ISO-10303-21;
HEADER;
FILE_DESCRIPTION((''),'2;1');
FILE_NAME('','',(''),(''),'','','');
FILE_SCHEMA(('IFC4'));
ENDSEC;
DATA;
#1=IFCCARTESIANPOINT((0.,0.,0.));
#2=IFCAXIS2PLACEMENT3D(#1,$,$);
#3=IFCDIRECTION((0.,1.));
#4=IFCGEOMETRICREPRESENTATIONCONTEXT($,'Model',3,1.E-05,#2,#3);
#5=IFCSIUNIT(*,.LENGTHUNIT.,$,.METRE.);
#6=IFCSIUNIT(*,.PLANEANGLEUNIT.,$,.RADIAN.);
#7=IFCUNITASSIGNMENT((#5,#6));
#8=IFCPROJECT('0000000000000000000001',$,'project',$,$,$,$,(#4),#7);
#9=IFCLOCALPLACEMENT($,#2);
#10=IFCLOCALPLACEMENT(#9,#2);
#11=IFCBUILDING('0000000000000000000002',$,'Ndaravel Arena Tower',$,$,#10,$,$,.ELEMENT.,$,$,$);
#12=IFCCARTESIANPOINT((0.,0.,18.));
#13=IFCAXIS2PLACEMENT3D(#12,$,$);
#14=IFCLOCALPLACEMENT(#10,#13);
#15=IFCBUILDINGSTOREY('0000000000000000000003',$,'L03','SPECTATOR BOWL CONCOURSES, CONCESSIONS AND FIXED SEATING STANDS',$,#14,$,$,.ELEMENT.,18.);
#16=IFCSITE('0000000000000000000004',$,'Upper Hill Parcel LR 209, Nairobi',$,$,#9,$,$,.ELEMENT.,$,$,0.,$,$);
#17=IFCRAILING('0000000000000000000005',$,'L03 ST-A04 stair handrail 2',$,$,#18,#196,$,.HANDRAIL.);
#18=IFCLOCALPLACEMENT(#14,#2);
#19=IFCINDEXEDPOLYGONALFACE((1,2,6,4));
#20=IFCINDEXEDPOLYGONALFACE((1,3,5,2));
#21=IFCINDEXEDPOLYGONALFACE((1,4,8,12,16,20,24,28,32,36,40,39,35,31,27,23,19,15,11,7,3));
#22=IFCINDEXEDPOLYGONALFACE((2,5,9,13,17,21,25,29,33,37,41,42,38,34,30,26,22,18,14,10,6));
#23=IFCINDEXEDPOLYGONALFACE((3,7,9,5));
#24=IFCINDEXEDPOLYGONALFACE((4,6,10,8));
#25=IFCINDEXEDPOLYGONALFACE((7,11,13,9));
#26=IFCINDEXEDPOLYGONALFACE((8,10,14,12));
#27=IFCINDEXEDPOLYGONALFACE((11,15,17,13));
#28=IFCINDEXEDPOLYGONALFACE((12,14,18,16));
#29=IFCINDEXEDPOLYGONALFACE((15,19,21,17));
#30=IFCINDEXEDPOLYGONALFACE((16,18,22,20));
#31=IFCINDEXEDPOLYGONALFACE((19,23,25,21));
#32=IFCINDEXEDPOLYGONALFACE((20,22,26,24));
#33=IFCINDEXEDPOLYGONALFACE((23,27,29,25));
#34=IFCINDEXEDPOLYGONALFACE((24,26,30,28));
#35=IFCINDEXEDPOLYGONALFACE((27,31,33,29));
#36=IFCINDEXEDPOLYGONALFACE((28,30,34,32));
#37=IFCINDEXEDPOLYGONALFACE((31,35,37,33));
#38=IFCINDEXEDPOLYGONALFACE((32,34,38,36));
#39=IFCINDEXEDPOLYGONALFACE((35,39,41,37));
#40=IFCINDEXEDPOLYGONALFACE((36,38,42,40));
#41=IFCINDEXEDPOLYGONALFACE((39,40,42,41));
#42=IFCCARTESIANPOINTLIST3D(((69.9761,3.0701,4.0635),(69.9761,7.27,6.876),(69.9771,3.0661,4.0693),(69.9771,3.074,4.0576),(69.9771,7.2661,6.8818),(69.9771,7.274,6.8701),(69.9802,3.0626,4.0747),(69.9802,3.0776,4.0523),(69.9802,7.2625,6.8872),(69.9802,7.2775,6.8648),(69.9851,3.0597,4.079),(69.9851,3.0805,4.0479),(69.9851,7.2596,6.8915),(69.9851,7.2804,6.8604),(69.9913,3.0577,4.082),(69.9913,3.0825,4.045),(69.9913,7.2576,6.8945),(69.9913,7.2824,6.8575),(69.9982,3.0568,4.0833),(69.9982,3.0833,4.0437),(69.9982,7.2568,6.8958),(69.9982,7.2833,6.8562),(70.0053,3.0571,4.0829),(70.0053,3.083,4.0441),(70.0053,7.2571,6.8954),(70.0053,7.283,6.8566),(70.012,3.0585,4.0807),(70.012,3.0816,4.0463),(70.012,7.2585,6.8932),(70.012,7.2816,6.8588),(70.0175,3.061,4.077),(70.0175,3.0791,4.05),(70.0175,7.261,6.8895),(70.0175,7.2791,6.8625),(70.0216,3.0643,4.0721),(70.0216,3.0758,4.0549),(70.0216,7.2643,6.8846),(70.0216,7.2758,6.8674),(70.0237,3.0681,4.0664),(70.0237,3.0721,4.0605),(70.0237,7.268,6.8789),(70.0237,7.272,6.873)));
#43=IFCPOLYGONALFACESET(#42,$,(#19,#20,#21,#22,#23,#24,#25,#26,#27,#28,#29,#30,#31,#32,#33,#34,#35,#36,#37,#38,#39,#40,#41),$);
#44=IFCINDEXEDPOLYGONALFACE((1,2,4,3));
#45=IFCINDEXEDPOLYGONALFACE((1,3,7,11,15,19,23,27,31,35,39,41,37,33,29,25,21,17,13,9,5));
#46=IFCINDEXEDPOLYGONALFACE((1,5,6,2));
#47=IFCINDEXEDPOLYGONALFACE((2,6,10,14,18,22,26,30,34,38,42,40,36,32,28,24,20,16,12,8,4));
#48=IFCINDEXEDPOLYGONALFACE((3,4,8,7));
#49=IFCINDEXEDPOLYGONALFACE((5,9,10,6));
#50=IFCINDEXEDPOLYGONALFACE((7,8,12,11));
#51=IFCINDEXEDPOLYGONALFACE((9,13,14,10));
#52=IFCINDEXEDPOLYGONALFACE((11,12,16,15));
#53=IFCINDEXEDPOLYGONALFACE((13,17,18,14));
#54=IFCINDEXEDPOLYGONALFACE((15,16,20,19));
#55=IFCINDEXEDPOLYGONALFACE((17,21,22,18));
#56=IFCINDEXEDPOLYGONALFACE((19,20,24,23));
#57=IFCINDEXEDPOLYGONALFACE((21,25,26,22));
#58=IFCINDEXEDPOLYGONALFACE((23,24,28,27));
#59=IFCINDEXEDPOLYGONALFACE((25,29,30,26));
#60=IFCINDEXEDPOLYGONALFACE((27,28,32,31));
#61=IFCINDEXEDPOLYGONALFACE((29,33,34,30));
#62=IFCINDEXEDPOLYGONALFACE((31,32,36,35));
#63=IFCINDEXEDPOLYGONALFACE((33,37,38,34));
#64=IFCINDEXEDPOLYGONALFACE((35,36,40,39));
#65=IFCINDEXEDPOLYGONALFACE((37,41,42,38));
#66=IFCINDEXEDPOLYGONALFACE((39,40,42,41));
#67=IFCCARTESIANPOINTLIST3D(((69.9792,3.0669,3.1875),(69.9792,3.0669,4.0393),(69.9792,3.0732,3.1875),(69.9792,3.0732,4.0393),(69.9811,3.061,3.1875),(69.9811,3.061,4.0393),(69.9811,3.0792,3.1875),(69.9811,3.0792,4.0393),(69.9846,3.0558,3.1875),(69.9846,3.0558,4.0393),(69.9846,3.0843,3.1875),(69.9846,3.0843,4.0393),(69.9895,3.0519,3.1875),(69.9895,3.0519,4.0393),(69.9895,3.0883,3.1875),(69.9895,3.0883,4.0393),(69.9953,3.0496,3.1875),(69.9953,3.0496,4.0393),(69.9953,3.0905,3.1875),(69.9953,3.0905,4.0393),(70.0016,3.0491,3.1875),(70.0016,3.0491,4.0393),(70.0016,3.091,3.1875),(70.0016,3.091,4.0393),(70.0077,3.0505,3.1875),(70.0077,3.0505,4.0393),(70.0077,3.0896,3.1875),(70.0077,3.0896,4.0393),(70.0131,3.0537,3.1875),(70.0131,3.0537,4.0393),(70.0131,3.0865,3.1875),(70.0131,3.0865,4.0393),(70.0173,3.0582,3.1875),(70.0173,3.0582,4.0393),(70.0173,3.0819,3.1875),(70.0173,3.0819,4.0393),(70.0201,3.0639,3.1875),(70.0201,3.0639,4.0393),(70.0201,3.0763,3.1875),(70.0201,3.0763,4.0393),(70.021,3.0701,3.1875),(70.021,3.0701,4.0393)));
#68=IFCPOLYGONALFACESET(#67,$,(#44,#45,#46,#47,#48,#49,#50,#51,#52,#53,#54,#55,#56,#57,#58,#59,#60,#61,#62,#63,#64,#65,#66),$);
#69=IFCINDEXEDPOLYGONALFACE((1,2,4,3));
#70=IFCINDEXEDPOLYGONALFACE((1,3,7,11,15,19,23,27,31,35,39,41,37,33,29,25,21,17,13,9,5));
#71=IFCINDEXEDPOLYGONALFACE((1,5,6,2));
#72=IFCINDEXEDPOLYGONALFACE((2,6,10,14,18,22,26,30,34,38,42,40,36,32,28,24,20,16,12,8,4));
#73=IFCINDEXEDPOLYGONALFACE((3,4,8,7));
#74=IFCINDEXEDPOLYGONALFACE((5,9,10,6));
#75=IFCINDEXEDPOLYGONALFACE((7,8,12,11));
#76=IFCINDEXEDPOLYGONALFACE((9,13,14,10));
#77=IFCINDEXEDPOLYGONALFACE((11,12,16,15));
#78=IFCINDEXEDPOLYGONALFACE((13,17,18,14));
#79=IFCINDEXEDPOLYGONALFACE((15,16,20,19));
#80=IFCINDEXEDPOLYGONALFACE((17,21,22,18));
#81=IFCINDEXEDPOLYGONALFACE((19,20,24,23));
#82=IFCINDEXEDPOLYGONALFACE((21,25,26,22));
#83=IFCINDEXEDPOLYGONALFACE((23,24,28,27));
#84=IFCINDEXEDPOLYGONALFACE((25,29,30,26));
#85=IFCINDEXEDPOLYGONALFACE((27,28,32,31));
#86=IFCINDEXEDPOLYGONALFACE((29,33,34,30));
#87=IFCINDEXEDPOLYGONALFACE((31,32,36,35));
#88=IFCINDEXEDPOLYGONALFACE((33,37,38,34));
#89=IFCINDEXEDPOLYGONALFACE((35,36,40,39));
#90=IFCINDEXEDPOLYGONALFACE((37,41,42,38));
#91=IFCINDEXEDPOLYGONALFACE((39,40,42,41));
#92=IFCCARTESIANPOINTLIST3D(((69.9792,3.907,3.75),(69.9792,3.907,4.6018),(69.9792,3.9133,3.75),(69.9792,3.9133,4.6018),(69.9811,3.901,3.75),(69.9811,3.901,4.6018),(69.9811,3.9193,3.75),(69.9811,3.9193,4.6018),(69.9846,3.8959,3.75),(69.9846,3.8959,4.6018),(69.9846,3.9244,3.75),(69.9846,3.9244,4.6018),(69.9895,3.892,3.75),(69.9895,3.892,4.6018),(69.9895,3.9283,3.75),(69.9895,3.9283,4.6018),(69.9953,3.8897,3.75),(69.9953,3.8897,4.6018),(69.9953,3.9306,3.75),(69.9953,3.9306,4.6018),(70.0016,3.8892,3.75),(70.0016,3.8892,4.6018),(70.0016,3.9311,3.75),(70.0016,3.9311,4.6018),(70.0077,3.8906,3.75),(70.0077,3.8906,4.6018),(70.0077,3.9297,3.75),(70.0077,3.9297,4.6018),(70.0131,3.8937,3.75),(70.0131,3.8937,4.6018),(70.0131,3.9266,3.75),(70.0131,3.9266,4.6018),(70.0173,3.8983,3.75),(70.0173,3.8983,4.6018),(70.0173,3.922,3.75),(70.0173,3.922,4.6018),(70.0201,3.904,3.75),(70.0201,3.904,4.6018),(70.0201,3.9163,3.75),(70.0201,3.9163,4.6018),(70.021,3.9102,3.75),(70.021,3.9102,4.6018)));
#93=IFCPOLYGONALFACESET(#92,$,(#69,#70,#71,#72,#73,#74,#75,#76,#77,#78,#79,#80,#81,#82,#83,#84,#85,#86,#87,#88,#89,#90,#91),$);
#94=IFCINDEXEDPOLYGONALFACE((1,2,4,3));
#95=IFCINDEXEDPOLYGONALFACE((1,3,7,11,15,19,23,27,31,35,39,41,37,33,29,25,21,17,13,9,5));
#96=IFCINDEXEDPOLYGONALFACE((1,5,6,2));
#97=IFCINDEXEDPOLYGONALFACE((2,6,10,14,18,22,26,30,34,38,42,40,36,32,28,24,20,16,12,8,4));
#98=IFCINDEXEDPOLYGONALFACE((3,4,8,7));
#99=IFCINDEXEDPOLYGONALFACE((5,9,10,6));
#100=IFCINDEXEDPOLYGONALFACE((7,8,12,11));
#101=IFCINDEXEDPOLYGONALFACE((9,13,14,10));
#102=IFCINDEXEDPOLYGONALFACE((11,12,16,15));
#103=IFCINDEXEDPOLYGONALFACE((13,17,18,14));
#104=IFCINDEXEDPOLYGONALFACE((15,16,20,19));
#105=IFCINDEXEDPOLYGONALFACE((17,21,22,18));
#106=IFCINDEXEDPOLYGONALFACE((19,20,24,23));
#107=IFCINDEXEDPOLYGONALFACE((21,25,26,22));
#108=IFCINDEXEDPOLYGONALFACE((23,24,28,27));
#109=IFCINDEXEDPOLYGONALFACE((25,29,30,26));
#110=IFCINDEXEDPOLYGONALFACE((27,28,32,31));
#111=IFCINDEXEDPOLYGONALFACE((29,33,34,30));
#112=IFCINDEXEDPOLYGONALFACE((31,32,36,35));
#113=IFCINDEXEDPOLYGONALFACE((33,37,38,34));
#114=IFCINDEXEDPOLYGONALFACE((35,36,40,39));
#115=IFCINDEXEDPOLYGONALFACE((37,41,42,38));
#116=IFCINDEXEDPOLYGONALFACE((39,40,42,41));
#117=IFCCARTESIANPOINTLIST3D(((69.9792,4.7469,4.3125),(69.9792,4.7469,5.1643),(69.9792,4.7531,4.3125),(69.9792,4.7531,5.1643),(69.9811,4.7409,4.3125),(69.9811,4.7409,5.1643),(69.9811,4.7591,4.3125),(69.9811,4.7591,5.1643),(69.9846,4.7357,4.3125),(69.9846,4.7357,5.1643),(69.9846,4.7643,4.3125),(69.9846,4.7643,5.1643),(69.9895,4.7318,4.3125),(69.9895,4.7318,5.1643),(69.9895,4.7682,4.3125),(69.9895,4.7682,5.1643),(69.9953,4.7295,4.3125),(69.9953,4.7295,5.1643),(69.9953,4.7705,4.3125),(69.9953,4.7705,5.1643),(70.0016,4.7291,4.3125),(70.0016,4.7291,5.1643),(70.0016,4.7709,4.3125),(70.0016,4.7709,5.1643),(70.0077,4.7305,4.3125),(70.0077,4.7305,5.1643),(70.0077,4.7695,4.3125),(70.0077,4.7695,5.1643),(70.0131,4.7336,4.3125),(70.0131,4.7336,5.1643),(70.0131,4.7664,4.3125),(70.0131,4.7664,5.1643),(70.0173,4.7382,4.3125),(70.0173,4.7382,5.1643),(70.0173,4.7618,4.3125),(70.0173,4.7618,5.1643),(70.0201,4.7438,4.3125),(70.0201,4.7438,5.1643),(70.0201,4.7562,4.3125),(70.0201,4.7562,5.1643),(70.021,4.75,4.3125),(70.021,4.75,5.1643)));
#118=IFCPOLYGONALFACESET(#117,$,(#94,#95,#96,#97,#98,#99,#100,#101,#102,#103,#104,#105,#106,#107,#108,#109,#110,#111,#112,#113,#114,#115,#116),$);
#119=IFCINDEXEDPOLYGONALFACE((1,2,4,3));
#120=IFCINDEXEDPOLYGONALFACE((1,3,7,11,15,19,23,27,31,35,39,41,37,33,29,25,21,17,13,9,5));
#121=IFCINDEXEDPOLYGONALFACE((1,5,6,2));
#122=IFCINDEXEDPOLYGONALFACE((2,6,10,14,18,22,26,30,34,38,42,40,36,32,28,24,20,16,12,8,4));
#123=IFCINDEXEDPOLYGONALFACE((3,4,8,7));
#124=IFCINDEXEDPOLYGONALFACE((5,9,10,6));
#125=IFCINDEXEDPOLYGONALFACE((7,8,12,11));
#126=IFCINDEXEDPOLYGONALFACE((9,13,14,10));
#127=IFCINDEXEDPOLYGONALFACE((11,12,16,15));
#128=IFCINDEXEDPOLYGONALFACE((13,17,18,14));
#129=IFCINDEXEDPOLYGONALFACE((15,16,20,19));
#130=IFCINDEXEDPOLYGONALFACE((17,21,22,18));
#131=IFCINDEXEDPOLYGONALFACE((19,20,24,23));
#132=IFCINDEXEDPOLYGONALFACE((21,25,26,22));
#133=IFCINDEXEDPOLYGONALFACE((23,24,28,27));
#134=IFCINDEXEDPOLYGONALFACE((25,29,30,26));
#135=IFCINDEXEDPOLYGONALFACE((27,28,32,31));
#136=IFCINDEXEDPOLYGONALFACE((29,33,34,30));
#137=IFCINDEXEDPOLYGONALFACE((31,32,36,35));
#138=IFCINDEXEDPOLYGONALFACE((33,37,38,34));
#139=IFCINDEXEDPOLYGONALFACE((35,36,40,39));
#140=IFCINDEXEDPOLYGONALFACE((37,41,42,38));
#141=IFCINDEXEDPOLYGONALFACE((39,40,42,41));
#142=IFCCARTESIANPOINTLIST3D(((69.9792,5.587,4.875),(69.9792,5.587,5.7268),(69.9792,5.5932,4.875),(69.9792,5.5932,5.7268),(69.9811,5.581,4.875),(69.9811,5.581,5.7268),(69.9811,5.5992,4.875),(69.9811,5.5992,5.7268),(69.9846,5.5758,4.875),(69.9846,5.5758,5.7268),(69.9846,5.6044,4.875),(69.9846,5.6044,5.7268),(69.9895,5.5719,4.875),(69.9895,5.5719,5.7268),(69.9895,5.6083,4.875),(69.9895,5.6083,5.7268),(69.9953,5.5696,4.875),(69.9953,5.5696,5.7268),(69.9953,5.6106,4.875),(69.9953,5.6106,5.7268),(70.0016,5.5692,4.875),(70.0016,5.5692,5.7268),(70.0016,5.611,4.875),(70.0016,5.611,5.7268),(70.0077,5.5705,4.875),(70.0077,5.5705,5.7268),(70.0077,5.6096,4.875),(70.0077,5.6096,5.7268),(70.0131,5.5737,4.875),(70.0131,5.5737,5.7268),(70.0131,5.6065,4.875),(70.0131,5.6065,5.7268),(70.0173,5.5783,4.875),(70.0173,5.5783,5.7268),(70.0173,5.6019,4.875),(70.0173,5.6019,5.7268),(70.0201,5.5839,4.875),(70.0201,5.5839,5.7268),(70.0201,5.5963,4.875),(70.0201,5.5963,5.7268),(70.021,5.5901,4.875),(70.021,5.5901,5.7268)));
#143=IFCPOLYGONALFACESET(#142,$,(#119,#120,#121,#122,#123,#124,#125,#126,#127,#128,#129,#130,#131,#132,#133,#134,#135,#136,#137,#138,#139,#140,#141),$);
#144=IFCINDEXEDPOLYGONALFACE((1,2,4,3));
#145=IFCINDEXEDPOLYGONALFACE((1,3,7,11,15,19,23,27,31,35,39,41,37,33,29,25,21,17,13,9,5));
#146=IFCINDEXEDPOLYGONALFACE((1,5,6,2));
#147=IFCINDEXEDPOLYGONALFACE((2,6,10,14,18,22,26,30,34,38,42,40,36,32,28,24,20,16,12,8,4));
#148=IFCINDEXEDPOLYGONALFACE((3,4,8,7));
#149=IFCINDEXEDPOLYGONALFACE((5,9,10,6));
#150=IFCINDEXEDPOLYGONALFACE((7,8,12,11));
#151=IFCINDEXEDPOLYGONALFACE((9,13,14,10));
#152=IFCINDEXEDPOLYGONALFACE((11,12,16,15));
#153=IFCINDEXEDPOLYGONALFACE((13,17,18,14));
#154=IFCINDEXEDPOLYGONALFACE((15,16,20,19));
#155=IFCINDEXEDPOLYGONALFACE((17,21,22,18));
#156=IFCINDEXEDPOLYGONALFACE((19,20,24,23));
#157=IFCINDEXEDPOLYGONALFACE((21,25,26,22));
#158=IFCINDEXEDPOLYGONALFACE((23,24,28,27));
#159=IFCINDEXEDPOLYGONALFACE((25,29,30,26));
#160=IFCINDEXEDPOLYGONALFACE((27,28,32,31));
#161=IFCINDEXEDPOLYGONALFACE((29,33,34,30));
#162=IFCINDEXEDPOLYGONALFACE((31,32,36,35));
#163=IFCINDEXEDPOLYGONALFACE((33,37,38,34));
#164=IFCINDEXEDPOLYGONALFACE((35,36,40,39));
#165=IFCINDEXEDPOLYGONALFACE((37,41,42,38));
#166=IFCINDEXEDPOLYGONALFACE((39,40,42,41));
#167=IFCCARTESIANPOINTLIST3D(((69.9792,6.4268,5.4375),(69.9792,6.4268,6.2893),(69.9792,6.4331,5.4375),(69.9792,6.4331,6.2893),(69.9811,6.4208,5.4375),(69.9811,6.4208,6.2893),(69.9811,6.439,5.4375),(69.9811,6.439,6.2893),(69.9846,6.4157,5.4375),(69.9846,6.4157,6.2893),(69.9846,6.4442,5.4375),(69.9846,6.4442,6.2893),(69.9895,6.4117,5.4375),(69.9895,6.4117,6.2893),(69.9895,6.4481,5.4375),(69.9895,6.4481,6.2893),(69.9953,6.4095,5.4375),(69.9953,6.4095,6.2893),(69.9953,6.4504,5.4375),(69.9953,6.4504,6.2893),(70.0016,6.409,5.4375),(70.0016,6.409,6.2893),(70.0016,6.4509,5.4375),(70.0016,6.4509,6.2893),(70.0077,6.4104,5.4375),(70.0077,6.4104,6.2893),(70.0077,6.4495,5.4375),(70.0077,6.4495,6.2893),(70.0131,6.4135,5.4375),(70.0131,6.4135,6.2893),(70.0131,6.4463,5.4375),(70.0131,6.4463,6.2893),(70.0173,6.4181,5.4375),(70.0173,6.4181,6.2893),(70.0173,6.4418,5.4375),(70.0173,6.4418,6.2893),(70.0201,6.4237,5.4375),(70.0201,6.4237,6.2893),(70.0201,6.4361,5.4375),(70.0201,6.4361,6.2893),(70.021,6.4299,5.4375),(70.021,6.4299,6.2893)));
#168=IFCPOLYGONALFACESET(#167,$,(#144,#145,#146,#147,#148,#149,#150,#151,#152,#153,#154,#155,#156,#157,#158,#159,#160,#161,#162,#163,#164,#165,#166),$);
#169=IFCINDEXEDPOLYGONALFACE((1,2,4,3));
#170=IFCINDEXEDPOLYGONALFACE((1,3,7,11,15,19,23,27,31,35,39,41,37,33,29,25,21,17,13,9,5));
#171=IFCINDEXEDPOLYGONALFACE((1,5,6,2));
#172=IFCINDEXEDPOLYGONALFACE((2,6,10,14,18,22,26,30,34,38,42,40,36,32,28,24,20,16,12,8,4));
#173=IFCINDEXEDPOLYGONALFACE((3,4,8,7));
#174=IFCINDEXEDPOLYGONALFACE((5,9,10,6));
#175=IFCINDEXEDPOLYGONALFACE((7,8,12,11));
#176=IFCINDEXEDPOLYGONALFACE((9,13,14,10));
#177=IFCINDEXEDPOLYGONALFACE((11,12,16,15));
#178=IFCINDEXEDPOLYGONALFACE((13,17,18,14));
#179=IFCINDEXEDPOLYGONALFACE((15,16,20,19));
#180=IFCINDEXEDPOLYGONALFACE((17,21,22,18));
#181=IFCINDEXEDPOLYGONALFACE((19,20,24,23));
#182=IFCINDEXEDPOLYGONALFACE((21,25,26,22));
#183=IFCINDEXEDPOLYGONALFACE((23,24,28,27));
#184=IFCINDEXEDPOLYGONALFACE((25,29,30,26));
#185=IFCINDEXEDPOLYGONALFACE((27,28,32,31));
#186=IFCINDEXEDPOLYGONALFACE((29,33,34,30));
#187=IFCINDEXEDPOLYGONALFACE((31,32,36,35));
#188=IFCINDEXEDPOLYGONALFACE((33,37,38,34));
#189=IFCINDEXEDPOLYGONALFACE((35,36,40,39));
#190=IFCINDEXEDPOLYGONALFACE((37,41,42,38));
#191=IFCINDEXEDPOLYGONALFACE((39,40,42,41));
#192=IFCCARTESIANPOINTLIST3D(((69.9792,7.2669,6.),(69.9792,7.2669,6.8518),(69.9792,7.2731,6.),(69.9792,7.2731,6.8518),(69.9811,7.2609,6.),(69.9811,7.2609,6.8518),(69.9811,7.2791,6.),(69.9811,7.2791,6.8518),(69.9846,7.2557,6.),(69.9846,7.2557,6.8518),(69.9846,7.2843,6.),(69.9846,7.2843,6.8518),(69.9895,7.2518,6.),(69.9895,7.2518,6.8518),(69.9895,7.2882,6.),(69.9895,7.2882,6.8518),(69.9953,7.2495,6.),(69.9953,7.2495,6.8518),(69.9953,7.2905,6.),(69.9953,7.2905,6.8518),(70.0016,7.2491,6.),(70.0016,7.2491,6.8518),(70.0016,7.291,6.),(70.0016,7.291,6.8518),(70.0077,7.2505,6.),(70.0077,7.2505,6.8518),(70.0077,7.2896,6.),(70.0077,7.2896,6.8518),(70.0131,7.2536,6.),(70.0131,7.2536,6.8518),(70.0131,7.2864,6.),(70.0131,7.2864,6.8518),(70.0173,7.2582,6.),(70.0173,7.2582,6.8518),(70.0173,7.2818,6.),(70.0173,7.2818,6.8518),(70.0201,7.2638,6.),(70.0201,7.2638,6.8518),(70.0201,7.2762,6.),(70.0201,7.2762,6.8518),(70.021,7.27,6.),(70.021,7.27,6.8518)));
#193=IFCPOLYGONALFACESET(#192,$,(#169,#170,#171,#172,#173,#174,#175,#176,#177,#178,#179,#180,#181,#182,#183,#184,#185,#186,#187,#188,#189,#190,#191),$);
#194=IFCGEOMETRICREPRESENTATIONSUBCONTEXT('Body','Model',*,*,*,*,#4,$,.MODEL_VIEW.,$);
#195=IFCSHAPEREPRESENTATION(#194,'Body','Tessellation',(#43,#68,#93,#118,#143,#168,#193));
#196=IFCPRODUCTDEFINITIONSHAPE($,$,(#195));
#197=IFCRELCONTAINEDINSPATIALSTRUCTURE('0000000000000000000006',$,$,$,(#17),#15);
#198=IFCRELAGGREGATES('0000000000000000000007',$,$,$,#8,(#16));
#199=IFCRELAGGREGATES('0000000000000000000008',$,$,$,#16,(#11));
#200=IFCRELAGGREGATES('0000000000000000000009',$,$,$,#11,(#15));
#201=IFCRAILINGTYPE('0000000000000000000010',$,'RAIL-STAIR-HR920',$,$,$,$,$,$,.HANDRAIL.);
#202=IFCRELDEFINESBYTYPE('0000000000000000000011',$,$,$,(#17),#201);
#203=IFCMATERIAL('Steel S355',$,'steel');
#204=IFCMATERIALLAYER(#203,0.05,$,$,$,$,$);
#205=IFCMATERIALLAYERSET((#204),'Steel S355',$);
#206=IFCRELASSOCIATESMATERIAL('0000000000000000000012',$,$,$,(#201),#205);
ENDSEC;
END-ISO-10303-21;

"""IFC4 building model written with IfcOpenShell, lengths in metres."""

from ifc_helpers import new_model, si_unit, direction, frame, origin, origin_2d, place, context, subcontext, project, spatial, circle, extrude, material, layer, layer_set, type_object, element, save


model = new_model("IFC4")

# Units and contexts
model_context = context("Model", 3, precision=1e-05, world=origin(), true_north=direction((0.0, 1.0)))
body_context = subcontext(model_context, "Body", "Model", "MODEL_VIEW")
ifc_project = project(units=[si_unit("LENGTHUNIT", "METRE"), si_unit("PLANEANGLEUNIT", "RADIAN")], contexts=[model_context])

# Site, building, storey
site_placement = place(None, origin())
site = spatial("IfcSite", under=ifc_project, at=site_placement, Name="Upper Hill Parcel LR 209, Nairobi", CompositionType="ELEMENT", RefElevation=0.0)
building_placement = place(site_placement, origin())
building = spatial("IfcBuilding", under=site, at=building_placement, Name="Ndaravel Arena Tower", CompositionType="ELEMENT")
storey_placement = place(building_placement, frame((0.0, 0.0, 18.0)))
storey = spatial("IfcBuildingStorey", under=building, at=storey_placement, Name="L03", Description="SPECTATOR BOWL CONCOURSES, CONCESSIONS AND FIXED SEATING STANDS", CompositionType="ELEMENT", Elevation=18.0)

# Railing
ifc_material_1 = material(Name="Steel S355", Category="steel")
ifc_layer_1 = layer(ifc_material_1, 0.05)
ifc_layer_set_1 = layer_set([ifc_layer_1], Name="Steel S355")
railing_type_1 = type_object("IfcRailingType", Name="RAIL-STAIR-HR920", PredefinedType="HANDRAIL", material=ifc_layer_set_1)
railing_1_placement = place(storey_placement, frame((70.0, 3.0701, 3.1875)))
element("IfcRailing", 1, at=railing_1_placement, inside=storey, type_object=railing_type_1, Name="L03 ST-A04 stair handrail 2", PredefinedType="HANDRAIL", context=body_context, shape_type="SweptSolid", body=[
    extrude(circle(Radius=0.0239, at=origin_2d()), frame((0.0, 0.0, 0.876), z_axis=(0.0, 0.830904, 0.556416), x_axis=(-1.0, 0.0, 0.0)), (0.0, 0.0, 1.0), 5.0547),
    extrude(circle(Radius=0.021, at=origin_2d()), origin(), (0.0, 0.0, 1.0), 0.8518),
    extrude(circle(Radius=0.021, at=origin_2d()), frame((0.0, 0.8401, 0.5625)), (0.0, 0.0, 1.0), 0.8518),
    extrude(circle(Radius=0.021, at=origin_2d()), frame((0.0, 1.6799, 1.125)), (0.0, 0.0, 1.0), 0.8518),
    extrude(circle(Radius=0.021, at=origin_2d()), frame((0.0, 2.52, 1.6875)), (0.0, 0.0, 1.0), 0.8518),
    extrude(circle(Radius=0.021, at=origin_2d()), frame((0.0, 3.3599, 2.25)), (0.0, 0.0, 1.0), 0.8518),
    extrude(circle(Radius=0.021, at=origin_2d()), frame((0.0, 4.2, 2.8125)), (0.0, 0.0, 1.0), 0.8518),
])

save(model, "model.ifc")
